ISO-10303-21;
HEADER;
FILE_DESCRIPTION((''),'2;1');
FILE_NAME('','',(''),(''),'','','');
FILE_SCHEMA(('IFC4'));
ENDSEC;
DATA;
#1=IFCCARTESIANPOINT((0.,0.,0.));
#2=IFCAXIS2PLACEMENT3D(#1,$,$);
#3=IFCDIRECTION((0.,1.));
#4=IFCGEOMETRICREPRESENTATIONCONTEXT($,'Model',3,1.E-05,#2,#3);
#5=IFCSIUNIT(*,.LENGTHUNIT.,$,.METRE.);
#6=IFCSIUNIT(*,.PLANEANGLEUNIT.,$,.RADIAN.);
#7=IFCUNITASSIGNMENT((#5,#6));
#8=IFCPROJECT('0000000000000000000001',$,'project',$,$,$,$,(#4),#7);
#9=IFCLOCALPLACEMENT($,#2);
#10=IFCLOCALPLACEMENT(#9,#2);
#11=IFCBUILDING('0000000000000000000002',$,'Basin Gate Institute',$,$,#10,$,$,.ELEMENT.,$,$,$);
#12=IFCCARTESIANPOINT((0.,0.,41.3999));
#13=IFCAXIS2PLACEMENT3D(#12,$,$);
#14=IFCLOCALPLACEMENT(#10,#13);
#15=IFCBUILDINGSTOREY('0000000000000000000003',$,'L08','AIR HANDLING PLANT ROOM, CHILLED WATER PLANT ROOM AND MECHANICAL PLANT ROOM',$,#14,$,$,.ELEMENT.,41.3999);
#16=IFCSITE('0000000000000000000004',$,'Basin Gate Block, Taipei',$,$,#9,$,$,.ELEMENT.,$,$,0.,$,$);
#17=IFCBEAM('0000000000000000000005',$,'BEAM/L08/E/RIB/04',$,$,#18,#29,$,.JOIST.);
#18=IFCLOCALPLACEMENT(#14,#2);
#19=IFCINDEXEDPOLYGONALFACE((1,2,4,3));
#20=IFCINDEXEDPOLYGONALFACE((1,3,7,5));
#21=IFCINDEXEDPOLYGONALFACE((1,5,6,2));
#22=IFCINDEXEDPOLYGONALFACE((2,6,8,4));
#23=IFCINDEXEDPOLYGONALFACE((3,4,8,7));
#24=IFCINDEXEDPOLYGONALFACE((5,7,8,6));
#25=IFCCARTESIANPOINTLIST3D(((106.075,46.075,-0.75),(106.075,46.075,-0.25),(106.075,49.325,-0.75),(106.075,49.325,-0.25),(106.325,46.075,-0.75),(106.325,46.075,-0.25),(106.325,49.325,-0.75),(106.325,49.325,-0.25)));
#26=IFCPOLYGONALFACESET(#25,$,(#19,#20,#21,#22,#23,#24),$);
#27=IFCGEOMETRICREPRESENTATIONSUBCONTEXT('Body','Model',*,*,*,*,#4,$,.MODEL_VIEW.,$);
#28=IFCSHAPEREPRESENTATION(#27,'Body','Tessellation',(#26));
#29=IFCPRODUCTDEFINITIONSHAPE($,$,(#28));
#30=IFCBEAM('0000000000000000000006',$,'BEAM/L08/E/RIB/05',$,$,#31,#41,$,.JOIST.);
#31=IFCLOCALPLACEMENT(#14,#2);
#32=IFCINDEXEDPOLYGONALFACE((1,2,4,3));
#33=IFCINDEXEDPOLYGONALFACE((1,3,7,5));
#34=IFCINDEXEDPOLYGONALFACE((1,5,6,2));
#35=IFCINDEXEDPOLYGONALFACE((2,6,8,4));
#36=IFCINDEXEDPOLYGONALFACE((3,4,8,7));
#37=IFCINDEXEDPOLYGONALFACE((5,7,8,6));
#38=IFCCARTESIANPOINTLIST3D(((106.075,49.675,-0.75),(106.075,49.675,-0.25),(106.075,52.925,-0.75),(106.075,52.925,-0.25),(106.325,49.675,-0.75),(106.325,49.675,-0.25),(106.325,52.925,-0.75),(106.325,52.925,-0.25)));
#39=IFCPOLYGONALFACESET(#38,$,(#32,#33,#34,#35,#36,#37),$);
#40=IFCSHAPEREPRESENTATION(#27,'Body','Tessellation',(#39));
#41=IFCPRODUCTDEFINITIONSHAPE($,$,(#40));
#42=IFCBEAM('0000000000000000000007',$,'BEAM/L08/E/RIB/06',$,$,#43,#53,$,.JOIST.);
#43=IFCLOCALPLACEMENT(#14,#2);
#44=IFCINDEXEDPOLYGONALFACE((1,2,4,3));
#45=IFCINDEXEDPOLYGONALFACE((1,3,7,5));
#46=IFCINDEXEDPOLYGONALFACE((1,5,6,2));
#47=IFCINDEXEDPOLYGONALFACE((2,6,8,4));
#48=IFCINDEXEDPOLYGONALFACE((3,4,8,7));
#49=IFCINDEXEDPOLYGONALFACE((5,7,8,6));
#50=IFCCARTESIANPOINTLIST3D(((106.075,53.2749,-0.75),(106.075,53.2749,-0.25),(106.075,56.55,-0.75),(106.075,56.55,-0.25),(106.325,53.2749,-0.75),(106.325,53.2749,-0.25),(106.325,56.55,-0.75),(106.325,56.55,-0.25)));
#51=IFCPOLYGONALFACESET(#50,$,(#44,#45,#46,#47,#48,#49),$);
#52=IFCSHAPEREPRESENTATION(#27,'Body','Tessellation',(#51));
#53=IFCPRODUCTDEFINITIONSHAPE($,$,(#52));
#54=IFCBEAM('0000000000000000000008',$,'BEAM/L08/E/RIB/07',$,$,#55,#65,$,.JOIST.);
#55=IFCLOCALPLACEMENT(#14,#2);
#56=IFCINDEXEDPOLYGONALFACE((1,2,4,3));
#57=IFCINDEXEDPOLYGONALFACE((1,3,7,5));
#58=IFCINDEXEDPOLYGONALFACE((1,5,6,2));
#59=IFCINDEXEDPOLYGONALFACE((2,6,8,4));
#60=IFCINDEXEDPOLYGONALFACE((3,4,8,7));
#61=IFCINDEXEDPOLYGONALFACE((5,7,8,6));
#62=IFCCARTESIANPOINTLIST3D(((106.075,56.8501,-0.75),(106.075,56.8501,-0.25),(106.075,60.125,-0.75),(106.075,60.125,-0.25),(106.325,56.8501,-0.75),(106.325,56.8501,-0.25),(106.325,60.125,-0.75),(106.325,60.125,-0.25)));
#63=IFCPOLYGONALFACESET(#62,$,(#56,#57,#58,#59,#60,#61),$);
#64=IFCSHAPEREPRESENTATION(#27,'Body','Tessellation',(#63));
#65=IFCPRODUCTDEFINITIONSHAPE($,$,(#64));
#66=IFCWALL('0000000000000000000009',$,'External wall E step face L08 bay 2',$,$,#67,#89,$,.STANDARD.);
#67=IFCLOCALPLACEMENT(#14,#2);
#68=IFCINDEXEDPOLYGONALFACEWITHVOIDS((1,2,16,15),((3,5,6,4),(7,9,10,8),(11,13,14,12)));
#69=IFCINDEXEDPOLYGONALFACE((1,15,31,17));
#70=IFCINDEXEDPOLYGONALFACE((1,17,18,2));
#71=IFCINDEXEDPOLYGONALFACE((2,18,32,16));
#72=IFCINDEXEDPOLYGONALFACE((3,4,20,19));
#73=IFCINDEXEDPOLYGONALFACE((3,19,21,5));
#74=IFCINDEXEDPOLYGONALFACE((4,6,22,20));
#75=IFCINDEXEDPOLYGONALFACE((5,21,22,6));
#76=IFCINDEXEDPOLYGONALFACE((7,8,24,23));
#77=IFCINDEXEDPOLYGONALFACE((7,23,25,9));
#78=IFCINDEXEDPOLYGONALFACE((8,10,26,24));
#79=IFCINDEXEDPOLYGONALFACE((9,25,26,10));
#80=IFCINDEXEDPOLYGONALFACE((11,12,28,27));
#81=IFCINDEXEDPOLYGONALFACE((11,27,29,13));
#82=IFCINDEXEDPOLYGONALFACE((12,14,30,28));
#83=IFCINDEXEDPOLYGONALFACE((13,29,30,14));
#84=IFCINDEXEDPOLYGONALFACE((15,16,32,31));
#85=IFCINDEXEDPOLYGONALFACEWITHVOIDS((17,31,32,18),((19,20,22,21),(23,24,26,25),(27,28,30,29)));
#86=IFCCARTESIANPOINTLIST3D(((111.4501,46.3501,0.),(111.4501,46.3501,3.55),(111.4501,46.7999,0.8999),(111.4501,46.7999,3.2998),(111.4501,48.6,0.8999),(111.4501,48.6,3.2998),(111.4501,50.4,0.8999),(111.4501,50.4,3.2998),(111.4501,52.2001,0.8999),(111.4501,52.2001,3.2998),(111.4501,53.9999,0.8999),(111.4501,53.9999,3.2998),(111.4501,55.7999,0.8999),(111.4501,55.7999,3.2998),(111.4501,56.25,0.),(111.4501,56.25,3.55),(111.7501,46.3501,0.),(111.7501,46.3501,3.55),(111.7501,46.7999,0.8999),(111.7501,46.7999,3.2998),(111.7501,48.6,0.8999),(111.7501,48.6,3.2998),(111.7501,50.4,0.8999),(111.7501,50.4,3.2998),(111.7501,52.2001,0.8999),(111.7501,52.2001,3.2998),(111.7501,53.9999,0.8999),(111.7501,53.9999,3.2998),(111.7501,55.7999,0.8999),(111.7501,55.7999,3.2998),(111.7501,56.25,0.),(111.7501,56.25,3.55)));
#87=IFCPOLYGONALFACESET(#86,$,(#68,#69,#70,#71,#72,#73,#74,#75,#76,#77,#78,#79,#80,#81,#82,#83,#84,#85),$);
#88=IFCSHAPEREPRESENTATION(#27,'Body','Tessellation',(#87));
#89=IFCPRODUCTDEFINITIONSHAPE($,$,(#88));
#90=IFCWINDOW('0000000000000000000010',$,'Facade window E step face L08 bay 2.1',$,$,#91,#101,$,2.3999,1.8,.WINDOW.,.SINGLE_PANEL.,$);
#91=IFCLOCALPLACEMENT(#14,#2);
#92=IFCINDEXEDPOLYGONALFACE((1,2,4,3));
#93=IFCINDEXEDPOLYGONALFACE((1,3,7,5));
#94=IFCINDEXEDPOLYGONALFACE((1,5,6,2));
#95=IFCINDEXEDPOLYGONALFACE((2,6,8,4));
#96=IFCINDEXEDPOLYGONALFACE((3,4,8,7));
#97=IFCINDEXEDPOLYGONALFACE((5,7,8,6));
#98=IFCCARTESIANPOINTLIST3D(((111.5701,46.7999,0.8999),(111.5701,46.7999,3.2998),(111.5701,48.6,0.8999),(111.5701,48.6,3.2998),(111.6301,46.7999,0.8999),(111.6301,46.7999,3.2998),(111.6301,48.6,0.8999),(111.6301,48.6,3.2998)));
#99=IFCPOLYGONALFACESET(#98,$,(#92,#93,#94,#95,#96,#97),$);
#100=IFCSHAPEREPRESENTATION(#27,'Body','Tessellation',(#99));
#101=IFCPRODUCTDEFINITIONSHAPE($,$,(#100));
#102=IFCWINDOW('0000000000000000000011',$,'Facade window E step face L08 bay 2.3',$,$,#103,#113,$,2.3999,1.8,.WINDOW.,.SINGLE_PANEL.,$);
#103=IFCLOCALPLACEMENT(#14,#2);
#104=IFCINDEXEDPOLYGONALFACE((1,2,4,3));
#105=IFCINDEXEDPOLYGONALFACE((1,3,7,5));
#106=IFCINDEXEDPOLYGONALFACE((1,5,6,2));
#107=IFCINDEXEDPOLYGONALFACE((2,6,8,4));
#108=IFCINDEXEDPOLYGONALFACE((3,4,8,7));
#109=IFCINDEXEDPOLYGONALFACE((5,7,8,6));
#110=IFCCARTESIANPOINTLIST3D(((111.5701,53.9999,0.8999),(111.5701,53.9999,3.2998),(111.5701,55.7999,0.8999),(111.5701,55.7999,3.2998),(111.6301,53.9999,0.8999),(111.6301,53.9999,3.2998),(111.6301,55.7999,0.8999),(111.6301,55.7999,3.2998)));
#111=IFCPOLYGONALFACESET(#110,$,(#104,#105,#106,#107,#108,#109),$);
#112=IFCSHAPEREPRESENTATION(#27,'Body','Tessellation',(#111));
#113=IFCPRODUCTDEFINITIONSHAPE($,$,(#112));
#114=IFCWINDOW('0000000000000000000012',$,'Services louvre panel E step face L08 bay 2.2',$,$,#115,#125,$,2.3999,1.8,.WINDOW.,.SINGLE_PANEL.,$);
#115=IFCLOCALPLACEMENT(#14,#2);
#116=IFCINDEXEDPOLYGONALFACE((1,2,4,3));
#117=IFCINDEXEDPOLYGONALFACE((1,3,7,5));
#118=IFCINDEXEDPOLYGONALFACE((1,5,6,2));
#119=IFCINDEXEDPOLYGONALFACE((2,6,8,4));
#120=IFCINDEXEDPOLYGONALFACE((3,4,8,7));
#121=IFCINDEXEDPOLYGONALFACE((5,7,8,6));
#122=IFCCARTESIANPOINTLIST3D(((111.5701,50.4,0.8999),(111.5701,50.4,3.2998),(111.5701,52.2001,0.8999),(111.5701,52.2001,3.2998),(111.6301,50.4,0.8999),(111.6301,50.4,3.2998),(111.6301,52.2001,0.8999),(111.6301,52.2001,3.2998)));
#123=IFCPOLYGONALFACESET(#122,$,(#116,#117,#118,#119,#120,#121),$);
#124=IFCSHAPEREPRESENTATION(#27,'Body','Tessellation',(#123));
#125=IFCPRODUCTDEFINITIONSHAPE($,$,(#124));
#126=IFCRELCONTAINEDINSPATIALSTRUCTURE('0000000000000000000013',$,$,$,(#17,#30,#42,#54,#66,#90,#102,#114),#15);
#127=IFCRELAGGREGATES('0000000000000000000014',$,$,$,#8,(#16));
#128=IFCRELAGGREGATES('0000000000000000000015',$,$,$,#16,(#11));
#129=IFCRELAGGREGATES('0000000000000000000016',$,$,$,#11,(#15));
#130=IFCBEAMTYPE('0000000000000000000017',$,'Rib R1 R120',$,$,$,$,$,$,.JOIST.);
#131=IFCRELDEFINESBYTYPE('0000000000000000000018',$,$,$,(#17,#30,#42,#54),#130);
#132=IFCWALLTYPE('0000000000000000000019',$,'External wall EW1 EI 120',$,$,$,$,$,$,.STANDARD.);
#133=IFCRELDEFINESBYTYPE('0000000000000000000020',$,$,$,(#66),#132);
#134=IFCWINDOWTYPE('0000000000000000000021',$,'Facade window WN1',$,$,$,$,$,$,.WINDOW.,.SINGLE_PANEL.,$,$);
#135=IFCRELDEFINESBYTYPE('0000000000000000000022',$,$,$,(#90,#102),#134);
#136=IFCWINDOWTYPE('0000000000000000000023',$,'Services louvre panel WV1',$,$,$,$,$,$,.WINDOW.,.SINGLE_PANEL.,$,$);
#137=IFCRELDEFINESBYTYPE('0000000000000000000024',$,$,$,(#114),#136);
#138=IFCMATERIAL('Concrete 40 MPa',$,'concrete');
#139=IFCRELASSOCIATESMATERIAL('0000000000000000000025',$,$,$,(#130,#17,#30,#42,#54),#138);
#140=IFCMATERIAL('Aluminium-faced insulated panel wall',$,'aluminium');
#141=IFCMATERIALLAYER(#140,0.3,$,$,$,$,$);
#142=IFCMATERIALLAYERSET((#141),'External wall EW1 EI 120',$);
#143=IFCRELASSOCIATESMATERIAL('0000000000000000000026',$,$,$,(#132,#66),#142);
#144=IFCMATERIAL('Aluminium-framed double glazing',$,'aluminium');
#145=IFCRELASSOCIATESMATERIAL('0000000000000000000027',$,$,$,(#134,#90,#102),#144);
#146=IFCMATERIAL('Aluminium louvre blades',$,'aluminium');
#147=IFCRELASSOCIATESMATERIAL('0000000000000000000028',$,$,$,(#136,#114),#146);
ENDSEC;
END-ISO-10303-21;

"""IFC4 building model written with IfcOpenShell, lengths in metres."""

from ifc_helpers import new_model, si_unit, direction, frame, frame_2d, origin, origin_2d, place, context, subcontext, project, spatial, rectangle, extrude, material, layer, layer_set, material_profile, profile_set, type_object, element, fill, save


model = new_model("IFC4")

# Units and contexts
model_context = context("Model", 3, precision=1e-05, world=origin(), true_north=direction((0.0, 1.0)))
body_context = subcontext(model_context, "Body", "Model", "MODEL_VIEW")
ifc_project = project(units=[si_unit("LENGTHUNIT", "METRE"), si_unit("PLANEANGLEUNIT", "RADIAN")], contexts=[model_context])

# Site, building, storey
site_placement = place(None, origin())
site = spatial("IfcSite", under=ifc_project, at=site_placement, Name="Basin Gate Block, Taipei", CompositionType="ELEMENT", RefElevation=0.0)
building_placement = place(site_placement, origin())
building = spatial("IfcBuilding", under=site, at=building_placement, Name="Basin Gate Institute", CompositionType="ELEMENT")
storey_placement = place(building_placement, frame((0.0, 0.0, 41.3999)))
storey = spatial("IfcBuildingStorey", under=building, at=storey_placement, Name="L08", Description="AIR HANDLING PLANT ROOM, CHILLED WATER PLANT ROOM AND MECHANICAL PLANT ROOM", CompositionType="ELEMENT", Elevation=41.3999)

# Beams
ifc_material_1 = material(Name="Concrete 40 MPa", Category="concrete")
ifc_material_profile_1 = material_profile(ifc_material_1, rectangle(XDim=0.25, YDim=0.5, at=origin_2d()), Name="Rib R1 250 x 500")
ifc_profile_set_1 = profile_set([ifc_material_profile_1], Name="Concrete 40 MPa")
beam_type_1 = type_object("IfcBeamType", Name="Rib R1 R120", PredefinedType="JOIST", material=ifc_profile_set_1)
for number, where, z_axis, x_axis, name in (
    (1, (106.2, 46.075, -0.5), (0.0, 1.0, 0.0), (-1.0, 0.0, 0.0), "BEAM/L08/E/RIB/04"),
    (2, (106.2, 49.675, -0.5), (0.0, 1.0, 0.0), (-1.0, 0.0, 0.0), "BEAM/L08/E/RIB/05"),
):
    element("IfcBeam", number, at=place(storey_placement, frame(where, z_axis=z_axis, x_axis=x_axis)), inside=storey, type_object=beam_type_1, material=ifc_profile_set_1, Name=name, PredefinedType="JOIST", context=body_context, shape_type="SweptSolid", body=[
        extrude(rectangle(XDim=0.25, YDim=0.5, at=origin_2d()), origin(), (0.0, 0.0, 1.0), 3.25),
    ])
beam_1_placement = place(storey_placement, frame((106.2, 53.2749, -0.5), z_axis=(0.0, 1.0, 0.0), x_axis=(-1.0, 0.0, 0.0)))
element("IfcBeam", 3, at=beam_1_placement, inside=storey, type_object=beam_type_1, material=ifc_profile_set_1, Name="BEAM/L08/E/RIB/06", PredefinedType="JOIST", context=body_context, shape_type="SweptSolid", body=[
    extrude(rectangle(XDim=0.25, YDim=0.5, at=origin_2d()), origin(), (0.0, 0.0, 1.0), 3.2751),
])
beam_2_placement = place(storey_placement, frame((106.2, 56.8501, -0.5), z_axis=(0.0, 1.0, 0.0), x_axis=(-1.0, 0.0, 0.0)))
element("IfcBeam", 4, at=beam_2_placement, inside=storey, type_object=beam_type_1, material=ifc_profile_set_1, Name="BEAM/L08/E/RIB/07", PredefinedType="JOIST", context=body_context, shape_type="SweptSolid", body=[
    extrude(rectangle(XDim=0.25, YDim=0.5, at=origin_2d()), origin(), (0.0, 0.0, 1.0), 3.2749),
])

# Wall, openings, windows
ifc_material_2 = material(Name="Aluminium-faced insulated panel wall", Category="aluminium")
ifc_layer_1 = layer(ifc_material_2, 0.3)
ifc_layer_set_1 = layer_set([ifc_layer_1], Name="External wall EW1 EI 120")
wall_type_1 = type_object("IfcWallType", Name="External wall EW1 EI 120", PredefinedType="STANDARD", material=ifc_layer_set_1)
wall_1_placement = place(storey_placement, frame((111.6001, 46.3501, 0.0), z_axis=(0.0, 0.0, 1.0), x_axis=(0.0, 1.0, 0.0)))
wall_1 = element("IfcWall", 5, at=wall_1_placement, inside=storey, type_object=wall_type_1, material=ifc_layer_set_1, Name="External wall E step face L08 bay 2", PredefinedType="STANDARD", context=body_context, shape_type="SweptSolid", body=[
    extrude(rectangle(XDim=9.8999, YDim=0.3, at=frame_2d((4.95, 0.0))), origin(), (0.0, 0.0, 1.0), 3.55),
])
opening_1_placement = place(wall_1_placement, frame((0.45, 0.0, 0.8999)))
opening_1 = element("IfcOpeningElement", 6, at=opening_1_placement, cuts=wall_1, PredefinedType="OPENING", context=body_context, shape_type="SweptSolid", body=[
    extrude(rectangle(XDim=1.8, YDim=2.3999, at=frame_2d((0.8999, 1.2))), frame((0.0, 0.1602, 0.0), z_axis=(0.0, -1.0, 0.0), x_axis=(1.0, 0.0, 0.0)), (0.0, 0.0, 1.0), 0.3201),
])
opening_2_placement = place(wall_1_placement, frame((4.05, 0.0, 0.8999)))
opening_2 = element("IfcOpeningElement", 7, at=opening_2_placement, cuts=wall_1, PredefinedType="OPENING", context=body_context, shape_type="SweptSolid", body=[
    extrude(rectangle(XDim=1.8, YDim=2.3999, at=frame_2d((0.8999, 1.2))), frame((0.0, 0.1602, 0.0), z_axis=(0.0, -1.0, 0.0), x_axis=(1.0, 0.0, 0.0)), (0.0, 0.0, 1.0), 0.3201),
])
opening_3_placement = place(wall_1_placement, frame((7.6499, 0.0, 0.8999)))
opening_3 = element("IfcOpeningElement", 8, at=opening_3_placement, cuts=wall_1, PredefinedType="OPENING", context=body_context, shape_type="SweptSolid", body=[
    extrude(rectangle(XDim=1.8, YDim=2.3999, at=frame_2d((0.8999, 1.2))), frame((0.0, 0.1602, 0.0), z_axis=(0.0, -1.0, 0.0), x_axis=(1.0, 0.0, 0.0)), (0.0, 0.0, 1.0), 0.3201),
])
ifc_material_3 = material(Name="Aluminium-framed double glazing", Category="aluminium")
window_type_1 = type_object("IfcWindowType", Name="Facade window WN1", PartitioningType="SINGLE_PANEL", PredefinedType="WINDOW", material=ifc_material_3)
window_1_placement = place(opening_1_placement, origin())
window_1 = element("IfcWindow", 9, at=window_1_placement, inside=storey, type_object=window_type_1, material=ifc_material_3, Name="Facade window E step face L08 bay 2.1", OverallHeight=2.3999, OverallWidth=1.8, PartitioningType="SINGLE_PANEL", PredefinedType="WINDOW", context=body_context, shape_type="SweptSolid", body=[
    extrude(rectangle(XDim=1.8, YDim=2.3999, at=frame_2d((0.8999, 1.2))), frame((0.0, 0.03, 0.0), z_axis=(0.0, -1.0, 0.0), x_axis=(1.0, 0.0, 0.0)), (0.0, 0.0, 1.0), 0.0601),
])
fill(opening_1, window_1)
window_2_placement = place(opening_3_placement, origin())
window_2 = element("IfcWindow", 10, at=window_2_placement, inside=storey, type_object=window_type_1, material=ifc_material_3, Name="Facade window E step face L08 bay 2.3", OverallHeight=2.3999, OverallWidth=1.8, PartitioningType="SINGLE_PANEL", PredefinedType="WINDOW", context=body_context, shape_type="SweptSolid", body=[
    extrude(rectangle(XDim=1.8, YDim=2.3999, at=frame_2d((0.8999, 1.2))), frame((0.0, 0.03, 0.0), z_axis=(0.0, -1.0, 0.0), x_axis=(1.0, 0.0, 0.0)), (0.0, 0.0, 1.0), 0.0601),
])
fill(opening_3, window_2)
ifc_material_4 = material(Name="Aluminium louvre blades", Category="aluminium")
window_type_2 = type_object("IfcWindowType", Name="Services louvre panel WV1", PartitioningType="SINGLE_PANEL", PredefinedType="WINDOW", material=ifc_material_4)
window_3_placement = place(opening_2_placement, origin())
window_3 = element("IfcWindow", 11, at=window_3_placement, inside=storey, type_object=window_type_2, material=ifc_material_4, Name="Services louvre panel E step face L08 bay 2.2", OverallHeight=2.3999, OverallWidth=1.8, PartitioningType="SINGLE_PANEL", PredefinedType="WINDOW", context=body_context, shape_type="SweptSolid", body=[
    extrude(rectangle(XDim=1.8, YDim=2.3999, at=frame_2d((0.8999, 1.2))), frame((0.0, 0.03, 0.0), z_axis=(0.0, -1.0, 0.0), x_axis=(1.0, 0.0, 0.0)), (0.0, 0.0, 1.0), 0.0601),
])
fill(opening_2, window_3)

save(model, "model.ifc")
